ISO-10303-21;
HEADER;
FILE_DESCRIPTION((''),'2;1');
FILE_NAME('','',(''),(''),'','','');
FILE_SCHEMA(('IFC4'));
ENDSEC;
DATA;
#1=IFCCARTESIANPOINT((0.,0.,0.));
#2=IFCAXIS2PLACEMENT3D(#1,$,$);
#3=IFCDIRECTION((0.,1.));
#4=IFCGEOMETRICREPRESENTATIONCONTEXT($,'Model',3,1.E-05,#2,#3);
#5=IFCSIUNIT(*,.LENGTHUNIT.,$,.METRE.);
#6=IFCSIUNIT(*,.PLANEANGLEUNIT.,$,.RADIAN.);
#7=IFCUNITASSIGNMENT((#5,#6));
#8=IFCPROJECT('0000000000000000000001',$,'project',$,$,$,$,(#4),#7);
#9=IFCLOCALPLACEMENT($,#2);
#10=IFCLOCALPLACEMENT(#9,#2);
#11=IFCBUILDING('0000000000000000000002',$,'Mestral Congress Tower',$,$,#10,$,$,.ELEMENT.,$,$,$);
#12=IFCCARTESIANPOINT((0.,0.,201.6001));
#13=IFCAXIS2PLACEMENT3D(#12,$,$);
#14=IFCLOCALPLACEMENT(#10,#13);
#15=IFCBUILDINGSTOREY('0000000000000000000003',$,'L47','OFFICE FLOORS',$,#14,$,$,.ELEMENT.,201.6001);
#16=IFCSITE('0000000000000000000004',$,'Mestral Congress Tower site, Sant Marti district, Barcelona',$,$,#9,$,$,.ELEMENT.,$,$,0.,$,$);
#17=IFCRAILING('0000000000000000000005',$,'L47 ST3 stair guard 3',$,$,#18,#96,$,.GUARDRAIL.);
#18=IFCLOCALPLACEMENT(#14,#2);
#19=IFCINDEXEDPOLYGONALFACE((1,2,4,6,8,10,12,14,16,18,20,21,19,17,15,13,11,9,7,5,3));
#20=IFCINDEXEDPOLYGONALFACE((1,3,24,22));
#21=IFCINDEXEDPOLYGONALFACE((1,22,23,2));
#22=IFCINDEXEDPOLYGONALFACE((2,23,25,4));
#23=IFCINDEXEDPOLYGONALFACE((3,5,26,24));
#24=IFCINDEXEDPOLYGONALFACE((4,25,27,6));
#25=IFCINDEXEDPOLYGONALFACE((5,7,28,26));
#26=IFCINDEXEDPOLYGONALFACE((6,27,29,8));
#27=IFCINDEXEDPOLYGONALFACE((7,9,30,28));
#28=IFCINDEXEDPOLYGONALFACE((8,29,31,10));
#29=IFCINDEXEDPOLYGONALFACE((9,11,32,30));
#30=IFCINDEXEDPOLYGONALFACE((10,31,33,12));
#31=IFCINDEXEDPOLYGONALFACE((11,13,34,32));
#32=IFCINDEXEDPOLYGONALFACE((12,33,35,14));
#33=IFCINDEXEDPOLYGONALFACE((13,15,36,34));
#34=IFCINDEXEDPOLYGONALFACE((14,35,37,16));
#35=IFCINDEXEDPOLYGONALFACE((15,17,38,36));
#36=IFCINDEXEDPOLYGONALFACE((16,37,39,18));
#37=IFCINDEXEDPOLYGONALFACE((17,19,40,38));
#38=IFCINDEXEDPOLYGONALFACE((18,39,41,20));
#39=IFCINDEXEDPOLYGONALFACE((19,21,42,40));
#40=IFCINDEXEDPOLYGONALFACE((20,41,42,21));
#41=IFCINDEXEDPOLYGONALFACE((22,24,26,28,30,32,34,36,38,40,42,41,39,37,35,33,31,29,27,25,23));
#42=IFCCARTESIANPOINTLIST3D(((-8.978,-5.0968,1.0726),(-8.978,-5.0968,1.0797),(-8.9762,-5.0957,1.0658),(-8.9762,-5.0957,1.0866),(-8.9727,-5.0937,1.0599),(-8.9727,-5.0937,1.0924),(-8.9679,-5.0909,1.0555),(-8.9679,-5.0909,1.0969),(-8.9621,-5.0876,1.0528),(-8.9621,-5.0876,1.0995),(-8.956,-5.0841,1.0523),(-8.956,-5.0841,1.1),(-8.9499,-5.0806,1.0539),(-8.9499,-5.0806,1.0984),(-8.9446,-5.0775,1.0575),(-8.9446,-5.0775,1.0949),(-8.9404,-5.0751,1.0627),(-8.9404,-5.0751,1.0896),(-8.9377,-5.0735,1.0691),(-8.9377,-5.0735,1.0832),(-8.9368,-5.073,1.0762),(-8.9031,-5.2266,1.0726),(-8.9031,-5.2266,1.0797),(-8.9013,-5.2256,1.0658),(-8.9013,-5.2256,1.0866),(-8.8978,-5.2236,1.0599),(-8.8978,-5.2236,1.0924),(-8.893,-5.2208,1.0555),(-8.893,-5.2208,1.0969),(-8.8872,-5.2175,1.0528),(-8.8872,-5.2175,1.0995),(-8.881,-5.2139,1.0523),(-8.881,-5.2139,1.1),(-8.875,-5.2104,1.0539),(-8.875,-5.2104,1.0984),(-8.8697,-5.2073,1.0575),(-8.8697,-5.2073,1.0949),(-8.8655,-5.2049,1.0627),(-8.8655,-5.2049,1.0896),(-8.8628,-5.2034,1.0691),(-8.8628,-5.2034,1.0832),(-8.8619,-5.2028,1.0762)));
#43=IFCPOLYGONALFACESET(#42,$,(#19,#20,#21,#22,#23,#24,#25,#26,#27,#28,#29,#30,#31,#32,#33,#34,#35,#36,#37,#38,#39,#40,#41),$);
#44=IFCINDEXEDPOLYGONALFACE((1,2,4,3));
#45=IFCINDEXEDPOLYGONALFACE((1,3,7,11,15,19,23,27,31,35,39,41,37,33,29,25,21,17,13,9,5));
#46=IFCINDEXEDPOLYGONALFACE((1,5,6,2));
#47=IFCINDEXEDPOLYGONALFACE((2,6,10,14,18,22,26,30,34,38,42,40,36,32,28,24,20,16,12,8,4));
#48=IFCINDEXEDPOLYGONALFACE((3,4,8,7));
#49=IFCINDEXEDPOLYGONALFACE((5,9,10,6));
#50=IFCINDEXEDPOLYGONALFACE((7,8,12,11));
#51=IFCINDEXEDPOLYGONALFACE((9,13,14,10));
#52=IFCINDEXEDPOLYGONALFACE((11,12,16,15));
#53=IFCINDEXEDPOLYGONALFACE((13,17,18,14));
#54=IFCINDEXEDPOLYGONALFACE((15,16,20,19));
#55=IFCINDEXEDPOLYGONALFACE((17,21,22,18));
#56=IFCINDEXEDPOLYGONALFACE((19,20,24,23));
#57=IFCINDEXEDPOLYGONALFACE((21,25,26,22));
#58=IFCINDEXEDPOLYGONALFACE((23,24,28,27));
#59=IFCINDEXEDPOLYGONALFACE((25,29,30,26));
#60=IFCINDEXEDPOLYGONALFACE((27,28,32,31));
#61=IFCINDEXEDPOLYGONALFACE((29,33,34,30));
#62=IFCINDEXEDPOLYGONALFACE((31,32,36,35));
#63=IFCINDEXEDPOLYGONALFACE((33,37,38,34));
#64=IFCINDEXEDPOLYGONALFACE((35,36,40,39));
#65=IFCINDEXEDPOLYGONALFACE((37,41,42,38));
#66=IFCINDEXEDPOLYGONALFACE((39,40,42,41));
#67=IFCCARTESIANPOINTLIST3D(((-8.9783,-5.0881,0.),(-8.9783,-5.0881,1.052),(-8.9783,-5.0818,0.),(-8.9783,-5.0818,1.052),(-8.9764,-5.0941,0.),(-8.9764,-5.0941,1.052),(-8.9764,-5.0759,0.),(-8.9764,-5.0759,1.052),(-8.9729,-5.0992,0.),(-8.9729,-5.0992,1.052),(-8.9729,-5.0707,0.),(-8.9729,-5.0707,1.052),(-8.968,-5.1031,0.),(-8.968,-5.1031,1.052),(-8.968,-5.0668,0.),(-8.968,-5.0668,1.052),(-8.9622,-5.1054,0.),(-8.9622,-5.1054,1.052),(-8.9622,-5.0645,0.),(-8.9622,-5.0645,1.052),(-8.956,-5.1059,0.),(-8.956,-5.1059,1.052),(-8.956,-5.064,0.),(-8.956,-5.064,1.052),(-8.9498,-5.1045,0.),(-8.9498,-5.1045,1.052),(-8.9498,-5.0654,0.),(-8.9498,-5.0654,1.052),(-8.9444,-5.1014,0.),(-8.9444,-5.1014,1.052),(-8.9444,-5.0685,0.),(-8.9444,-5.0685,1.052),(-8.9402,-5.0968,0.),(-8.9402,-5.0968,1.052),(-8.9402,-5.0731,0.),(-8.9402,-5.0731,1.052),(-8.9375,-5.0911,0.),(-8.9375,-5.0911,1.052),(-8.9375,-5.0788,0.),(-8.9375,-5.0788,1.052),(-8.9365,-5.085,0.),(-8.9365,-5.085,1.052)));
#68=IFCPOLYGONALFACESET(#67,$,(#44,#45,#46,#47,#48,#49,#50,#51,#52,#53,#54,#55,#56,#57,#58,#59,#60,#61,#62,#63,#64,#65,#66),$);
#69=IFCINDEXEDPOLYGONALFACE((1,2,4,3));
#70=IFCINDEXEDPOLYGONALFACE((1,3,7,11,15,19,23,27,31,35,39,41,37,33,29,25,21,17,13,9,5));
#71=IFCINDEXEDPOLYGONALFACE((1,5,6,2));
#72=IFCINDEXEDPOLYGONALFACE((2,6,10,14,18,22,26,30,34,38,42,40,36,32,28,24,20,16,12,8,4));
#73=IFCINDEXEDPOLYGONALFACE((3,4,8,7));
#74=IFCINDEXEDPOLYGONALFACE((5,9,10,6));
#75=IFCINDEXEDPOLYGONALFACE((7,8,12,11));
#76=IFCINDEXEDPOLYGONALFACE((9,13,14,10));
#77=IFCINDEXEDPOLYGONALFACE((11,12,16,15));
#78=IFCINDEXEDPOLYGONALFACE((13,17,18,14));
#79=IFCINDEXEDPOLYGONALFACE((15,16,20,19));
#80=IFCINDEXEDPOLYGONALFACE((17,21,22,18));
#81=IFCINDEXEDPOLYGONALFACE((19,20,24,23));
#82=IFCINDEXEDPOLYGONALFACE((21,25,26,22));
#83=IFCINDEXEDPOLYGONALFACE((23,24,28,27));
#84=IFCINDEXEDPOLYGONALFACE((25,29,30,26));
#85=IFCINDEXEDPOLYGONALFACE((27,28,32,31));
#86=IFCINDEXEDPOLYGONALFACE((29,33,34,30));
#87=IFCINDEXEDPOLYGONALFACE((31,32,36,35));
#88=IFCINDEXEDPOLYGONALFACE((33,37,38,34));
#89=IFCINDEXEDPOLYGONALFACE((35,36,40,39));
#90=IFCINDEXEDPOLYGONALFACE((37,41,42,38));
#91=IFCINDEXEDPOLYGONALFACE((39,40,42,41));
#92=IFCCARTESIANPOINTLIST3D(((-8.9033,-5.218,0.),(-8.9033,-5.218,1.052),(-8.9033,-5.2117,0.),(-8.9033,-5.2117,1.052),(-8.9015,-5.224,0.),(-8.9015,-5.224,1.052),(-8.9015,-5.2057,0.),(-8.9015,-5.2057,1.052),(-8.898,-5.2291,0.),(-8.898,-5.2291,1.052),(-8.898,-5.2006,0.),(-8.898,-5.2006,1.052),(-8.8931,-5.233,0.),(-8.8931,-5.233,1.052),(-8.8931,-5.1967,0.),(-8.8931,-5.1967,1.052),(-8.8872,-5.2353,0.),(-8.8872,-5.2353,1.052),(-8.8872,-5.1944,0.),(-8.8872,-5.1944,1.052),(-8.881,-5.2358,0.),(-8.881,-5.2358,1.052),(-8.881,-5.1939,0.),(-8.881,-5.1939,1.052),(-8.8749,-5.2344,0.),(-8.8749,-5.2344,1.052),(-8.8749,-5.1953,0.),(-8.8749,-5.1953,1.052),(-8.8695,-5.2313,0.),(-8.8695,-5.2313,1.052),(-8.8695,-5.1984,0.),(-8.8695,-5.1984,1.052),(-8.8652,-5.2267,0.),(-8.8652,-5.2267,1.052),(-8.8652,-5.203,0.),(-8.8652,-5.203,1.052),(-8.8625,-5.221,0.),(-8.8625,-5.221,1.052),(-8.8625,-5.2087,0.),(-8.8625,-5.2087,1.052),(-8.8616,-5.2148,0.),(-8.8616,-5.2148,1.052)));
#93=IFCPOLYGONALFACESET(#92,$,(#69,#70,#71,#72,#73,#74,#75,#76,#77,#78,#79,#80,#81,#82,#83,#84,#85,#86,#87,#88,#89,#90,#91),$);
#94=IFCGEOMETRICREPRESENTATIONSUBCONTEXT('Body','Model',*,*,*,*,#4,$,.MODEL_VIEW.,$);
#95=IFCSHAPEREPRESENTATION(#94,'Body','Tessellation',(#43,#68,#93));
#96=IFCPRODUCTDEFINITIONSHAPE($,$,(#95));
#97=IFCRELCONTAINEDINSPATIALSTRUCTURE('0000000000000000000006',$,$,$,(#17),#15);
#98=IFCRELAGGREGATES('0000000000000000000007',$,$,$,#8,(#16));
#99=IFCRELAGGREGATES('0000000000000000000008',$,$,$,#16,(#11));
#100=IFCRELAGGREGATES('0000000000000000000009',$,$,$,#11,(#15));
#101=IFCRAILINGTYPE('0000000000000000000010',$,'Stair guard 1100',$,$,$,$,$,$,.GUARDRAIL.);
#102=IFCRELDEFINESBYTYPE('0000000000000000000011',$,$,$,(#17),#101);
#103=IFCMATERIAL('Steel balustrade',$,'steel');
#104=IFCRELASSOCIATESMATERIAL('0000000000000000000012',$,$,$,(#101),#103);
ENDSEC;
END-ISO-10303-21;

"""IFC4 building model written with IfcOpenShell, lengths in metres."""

from ifc_helpers import new_model, si_unit, direction, frame, origin, origin_2d, place, context, subcontext, project, spatial, circle, extrude, material, type_object, element, save


model = new_model("IFC4")

# Units and contexts
model_context = context("Model", 3, precision=1e-05, world=origin(), true_north=direction((0.0, 1.0)))
body_context = subcontext(model_context, "Body", "Model", "MODEL_VIEW")
ifc_project = project(units=[si_unit("LENGTHUNIT", "METRE"), si_unit("PLANEANGLEUNIT", "RADIAN")], contexts=[model_context])

# Site, building, storey
site_placement = place(None, origin())
site = spatial("IfcSite", under=ifc_project, at=site_placement, Name="Mestral Congress Tower site, Sant Marti district, Barcelona", CompositionType="ELEMENT", RefElevation=0.0)
building_placement = place(site_placement, origin())
building = spatial("IfcBuilding", under=site, at=building_placement, Name="Mestral Congress Tower", CompositionType="ELEMENT")
storey_placement = place(building_placement, frame((0.0, 0.0, 201.6001)))
storey = spatial("IfcBuildingStorey", under=building, at=storey_placement, Name="L47", Description="OFFICE FLOORS", CompositionType="ELEMENT", Elevation=201.6001)

# Railing
ifc_material_1 = material(Name="Steel balustrade", Category="steel")
railing_type_1 = type_object("IfcRailingType", Name="Stair guard 1100", PredefinedType="GUARDRAIL", material=ifc_material_1)
railing_1_placement = place(storey_placement, frame((-8.9575, -5.085, 0.0)))
element("IfcRailing", 1, at=railing_1_placement, inside=storey, type_object=railing_type_1, Name="L47 ST3 stair guard 3", PredefinedType="GUARDRAIL", context=body_context, shape_type="SweptSolid", body=[
    extrude(circle(Radius=0.0239, at=origin_2d()), frame((0.0, 0.0, 1.0762), z_axis=(0.499816, -0.866131, 0.0), x_axis=(0.866131, 0.499816, 0.0)), (0.0, 0.0, 1.0), 0.1499),
    extrude(circle(Radius=0.021, at=origin_2d()), origin(), (0.0, 0.0, 1.0), 1.052),
    extrude(circle(Radius=0.021, at=origin_2d()), frame((0.075, -0.1299, 0.0)), (0.0, 0.0, 1.0), 1.052),
])

save(model, "model.ifc")
